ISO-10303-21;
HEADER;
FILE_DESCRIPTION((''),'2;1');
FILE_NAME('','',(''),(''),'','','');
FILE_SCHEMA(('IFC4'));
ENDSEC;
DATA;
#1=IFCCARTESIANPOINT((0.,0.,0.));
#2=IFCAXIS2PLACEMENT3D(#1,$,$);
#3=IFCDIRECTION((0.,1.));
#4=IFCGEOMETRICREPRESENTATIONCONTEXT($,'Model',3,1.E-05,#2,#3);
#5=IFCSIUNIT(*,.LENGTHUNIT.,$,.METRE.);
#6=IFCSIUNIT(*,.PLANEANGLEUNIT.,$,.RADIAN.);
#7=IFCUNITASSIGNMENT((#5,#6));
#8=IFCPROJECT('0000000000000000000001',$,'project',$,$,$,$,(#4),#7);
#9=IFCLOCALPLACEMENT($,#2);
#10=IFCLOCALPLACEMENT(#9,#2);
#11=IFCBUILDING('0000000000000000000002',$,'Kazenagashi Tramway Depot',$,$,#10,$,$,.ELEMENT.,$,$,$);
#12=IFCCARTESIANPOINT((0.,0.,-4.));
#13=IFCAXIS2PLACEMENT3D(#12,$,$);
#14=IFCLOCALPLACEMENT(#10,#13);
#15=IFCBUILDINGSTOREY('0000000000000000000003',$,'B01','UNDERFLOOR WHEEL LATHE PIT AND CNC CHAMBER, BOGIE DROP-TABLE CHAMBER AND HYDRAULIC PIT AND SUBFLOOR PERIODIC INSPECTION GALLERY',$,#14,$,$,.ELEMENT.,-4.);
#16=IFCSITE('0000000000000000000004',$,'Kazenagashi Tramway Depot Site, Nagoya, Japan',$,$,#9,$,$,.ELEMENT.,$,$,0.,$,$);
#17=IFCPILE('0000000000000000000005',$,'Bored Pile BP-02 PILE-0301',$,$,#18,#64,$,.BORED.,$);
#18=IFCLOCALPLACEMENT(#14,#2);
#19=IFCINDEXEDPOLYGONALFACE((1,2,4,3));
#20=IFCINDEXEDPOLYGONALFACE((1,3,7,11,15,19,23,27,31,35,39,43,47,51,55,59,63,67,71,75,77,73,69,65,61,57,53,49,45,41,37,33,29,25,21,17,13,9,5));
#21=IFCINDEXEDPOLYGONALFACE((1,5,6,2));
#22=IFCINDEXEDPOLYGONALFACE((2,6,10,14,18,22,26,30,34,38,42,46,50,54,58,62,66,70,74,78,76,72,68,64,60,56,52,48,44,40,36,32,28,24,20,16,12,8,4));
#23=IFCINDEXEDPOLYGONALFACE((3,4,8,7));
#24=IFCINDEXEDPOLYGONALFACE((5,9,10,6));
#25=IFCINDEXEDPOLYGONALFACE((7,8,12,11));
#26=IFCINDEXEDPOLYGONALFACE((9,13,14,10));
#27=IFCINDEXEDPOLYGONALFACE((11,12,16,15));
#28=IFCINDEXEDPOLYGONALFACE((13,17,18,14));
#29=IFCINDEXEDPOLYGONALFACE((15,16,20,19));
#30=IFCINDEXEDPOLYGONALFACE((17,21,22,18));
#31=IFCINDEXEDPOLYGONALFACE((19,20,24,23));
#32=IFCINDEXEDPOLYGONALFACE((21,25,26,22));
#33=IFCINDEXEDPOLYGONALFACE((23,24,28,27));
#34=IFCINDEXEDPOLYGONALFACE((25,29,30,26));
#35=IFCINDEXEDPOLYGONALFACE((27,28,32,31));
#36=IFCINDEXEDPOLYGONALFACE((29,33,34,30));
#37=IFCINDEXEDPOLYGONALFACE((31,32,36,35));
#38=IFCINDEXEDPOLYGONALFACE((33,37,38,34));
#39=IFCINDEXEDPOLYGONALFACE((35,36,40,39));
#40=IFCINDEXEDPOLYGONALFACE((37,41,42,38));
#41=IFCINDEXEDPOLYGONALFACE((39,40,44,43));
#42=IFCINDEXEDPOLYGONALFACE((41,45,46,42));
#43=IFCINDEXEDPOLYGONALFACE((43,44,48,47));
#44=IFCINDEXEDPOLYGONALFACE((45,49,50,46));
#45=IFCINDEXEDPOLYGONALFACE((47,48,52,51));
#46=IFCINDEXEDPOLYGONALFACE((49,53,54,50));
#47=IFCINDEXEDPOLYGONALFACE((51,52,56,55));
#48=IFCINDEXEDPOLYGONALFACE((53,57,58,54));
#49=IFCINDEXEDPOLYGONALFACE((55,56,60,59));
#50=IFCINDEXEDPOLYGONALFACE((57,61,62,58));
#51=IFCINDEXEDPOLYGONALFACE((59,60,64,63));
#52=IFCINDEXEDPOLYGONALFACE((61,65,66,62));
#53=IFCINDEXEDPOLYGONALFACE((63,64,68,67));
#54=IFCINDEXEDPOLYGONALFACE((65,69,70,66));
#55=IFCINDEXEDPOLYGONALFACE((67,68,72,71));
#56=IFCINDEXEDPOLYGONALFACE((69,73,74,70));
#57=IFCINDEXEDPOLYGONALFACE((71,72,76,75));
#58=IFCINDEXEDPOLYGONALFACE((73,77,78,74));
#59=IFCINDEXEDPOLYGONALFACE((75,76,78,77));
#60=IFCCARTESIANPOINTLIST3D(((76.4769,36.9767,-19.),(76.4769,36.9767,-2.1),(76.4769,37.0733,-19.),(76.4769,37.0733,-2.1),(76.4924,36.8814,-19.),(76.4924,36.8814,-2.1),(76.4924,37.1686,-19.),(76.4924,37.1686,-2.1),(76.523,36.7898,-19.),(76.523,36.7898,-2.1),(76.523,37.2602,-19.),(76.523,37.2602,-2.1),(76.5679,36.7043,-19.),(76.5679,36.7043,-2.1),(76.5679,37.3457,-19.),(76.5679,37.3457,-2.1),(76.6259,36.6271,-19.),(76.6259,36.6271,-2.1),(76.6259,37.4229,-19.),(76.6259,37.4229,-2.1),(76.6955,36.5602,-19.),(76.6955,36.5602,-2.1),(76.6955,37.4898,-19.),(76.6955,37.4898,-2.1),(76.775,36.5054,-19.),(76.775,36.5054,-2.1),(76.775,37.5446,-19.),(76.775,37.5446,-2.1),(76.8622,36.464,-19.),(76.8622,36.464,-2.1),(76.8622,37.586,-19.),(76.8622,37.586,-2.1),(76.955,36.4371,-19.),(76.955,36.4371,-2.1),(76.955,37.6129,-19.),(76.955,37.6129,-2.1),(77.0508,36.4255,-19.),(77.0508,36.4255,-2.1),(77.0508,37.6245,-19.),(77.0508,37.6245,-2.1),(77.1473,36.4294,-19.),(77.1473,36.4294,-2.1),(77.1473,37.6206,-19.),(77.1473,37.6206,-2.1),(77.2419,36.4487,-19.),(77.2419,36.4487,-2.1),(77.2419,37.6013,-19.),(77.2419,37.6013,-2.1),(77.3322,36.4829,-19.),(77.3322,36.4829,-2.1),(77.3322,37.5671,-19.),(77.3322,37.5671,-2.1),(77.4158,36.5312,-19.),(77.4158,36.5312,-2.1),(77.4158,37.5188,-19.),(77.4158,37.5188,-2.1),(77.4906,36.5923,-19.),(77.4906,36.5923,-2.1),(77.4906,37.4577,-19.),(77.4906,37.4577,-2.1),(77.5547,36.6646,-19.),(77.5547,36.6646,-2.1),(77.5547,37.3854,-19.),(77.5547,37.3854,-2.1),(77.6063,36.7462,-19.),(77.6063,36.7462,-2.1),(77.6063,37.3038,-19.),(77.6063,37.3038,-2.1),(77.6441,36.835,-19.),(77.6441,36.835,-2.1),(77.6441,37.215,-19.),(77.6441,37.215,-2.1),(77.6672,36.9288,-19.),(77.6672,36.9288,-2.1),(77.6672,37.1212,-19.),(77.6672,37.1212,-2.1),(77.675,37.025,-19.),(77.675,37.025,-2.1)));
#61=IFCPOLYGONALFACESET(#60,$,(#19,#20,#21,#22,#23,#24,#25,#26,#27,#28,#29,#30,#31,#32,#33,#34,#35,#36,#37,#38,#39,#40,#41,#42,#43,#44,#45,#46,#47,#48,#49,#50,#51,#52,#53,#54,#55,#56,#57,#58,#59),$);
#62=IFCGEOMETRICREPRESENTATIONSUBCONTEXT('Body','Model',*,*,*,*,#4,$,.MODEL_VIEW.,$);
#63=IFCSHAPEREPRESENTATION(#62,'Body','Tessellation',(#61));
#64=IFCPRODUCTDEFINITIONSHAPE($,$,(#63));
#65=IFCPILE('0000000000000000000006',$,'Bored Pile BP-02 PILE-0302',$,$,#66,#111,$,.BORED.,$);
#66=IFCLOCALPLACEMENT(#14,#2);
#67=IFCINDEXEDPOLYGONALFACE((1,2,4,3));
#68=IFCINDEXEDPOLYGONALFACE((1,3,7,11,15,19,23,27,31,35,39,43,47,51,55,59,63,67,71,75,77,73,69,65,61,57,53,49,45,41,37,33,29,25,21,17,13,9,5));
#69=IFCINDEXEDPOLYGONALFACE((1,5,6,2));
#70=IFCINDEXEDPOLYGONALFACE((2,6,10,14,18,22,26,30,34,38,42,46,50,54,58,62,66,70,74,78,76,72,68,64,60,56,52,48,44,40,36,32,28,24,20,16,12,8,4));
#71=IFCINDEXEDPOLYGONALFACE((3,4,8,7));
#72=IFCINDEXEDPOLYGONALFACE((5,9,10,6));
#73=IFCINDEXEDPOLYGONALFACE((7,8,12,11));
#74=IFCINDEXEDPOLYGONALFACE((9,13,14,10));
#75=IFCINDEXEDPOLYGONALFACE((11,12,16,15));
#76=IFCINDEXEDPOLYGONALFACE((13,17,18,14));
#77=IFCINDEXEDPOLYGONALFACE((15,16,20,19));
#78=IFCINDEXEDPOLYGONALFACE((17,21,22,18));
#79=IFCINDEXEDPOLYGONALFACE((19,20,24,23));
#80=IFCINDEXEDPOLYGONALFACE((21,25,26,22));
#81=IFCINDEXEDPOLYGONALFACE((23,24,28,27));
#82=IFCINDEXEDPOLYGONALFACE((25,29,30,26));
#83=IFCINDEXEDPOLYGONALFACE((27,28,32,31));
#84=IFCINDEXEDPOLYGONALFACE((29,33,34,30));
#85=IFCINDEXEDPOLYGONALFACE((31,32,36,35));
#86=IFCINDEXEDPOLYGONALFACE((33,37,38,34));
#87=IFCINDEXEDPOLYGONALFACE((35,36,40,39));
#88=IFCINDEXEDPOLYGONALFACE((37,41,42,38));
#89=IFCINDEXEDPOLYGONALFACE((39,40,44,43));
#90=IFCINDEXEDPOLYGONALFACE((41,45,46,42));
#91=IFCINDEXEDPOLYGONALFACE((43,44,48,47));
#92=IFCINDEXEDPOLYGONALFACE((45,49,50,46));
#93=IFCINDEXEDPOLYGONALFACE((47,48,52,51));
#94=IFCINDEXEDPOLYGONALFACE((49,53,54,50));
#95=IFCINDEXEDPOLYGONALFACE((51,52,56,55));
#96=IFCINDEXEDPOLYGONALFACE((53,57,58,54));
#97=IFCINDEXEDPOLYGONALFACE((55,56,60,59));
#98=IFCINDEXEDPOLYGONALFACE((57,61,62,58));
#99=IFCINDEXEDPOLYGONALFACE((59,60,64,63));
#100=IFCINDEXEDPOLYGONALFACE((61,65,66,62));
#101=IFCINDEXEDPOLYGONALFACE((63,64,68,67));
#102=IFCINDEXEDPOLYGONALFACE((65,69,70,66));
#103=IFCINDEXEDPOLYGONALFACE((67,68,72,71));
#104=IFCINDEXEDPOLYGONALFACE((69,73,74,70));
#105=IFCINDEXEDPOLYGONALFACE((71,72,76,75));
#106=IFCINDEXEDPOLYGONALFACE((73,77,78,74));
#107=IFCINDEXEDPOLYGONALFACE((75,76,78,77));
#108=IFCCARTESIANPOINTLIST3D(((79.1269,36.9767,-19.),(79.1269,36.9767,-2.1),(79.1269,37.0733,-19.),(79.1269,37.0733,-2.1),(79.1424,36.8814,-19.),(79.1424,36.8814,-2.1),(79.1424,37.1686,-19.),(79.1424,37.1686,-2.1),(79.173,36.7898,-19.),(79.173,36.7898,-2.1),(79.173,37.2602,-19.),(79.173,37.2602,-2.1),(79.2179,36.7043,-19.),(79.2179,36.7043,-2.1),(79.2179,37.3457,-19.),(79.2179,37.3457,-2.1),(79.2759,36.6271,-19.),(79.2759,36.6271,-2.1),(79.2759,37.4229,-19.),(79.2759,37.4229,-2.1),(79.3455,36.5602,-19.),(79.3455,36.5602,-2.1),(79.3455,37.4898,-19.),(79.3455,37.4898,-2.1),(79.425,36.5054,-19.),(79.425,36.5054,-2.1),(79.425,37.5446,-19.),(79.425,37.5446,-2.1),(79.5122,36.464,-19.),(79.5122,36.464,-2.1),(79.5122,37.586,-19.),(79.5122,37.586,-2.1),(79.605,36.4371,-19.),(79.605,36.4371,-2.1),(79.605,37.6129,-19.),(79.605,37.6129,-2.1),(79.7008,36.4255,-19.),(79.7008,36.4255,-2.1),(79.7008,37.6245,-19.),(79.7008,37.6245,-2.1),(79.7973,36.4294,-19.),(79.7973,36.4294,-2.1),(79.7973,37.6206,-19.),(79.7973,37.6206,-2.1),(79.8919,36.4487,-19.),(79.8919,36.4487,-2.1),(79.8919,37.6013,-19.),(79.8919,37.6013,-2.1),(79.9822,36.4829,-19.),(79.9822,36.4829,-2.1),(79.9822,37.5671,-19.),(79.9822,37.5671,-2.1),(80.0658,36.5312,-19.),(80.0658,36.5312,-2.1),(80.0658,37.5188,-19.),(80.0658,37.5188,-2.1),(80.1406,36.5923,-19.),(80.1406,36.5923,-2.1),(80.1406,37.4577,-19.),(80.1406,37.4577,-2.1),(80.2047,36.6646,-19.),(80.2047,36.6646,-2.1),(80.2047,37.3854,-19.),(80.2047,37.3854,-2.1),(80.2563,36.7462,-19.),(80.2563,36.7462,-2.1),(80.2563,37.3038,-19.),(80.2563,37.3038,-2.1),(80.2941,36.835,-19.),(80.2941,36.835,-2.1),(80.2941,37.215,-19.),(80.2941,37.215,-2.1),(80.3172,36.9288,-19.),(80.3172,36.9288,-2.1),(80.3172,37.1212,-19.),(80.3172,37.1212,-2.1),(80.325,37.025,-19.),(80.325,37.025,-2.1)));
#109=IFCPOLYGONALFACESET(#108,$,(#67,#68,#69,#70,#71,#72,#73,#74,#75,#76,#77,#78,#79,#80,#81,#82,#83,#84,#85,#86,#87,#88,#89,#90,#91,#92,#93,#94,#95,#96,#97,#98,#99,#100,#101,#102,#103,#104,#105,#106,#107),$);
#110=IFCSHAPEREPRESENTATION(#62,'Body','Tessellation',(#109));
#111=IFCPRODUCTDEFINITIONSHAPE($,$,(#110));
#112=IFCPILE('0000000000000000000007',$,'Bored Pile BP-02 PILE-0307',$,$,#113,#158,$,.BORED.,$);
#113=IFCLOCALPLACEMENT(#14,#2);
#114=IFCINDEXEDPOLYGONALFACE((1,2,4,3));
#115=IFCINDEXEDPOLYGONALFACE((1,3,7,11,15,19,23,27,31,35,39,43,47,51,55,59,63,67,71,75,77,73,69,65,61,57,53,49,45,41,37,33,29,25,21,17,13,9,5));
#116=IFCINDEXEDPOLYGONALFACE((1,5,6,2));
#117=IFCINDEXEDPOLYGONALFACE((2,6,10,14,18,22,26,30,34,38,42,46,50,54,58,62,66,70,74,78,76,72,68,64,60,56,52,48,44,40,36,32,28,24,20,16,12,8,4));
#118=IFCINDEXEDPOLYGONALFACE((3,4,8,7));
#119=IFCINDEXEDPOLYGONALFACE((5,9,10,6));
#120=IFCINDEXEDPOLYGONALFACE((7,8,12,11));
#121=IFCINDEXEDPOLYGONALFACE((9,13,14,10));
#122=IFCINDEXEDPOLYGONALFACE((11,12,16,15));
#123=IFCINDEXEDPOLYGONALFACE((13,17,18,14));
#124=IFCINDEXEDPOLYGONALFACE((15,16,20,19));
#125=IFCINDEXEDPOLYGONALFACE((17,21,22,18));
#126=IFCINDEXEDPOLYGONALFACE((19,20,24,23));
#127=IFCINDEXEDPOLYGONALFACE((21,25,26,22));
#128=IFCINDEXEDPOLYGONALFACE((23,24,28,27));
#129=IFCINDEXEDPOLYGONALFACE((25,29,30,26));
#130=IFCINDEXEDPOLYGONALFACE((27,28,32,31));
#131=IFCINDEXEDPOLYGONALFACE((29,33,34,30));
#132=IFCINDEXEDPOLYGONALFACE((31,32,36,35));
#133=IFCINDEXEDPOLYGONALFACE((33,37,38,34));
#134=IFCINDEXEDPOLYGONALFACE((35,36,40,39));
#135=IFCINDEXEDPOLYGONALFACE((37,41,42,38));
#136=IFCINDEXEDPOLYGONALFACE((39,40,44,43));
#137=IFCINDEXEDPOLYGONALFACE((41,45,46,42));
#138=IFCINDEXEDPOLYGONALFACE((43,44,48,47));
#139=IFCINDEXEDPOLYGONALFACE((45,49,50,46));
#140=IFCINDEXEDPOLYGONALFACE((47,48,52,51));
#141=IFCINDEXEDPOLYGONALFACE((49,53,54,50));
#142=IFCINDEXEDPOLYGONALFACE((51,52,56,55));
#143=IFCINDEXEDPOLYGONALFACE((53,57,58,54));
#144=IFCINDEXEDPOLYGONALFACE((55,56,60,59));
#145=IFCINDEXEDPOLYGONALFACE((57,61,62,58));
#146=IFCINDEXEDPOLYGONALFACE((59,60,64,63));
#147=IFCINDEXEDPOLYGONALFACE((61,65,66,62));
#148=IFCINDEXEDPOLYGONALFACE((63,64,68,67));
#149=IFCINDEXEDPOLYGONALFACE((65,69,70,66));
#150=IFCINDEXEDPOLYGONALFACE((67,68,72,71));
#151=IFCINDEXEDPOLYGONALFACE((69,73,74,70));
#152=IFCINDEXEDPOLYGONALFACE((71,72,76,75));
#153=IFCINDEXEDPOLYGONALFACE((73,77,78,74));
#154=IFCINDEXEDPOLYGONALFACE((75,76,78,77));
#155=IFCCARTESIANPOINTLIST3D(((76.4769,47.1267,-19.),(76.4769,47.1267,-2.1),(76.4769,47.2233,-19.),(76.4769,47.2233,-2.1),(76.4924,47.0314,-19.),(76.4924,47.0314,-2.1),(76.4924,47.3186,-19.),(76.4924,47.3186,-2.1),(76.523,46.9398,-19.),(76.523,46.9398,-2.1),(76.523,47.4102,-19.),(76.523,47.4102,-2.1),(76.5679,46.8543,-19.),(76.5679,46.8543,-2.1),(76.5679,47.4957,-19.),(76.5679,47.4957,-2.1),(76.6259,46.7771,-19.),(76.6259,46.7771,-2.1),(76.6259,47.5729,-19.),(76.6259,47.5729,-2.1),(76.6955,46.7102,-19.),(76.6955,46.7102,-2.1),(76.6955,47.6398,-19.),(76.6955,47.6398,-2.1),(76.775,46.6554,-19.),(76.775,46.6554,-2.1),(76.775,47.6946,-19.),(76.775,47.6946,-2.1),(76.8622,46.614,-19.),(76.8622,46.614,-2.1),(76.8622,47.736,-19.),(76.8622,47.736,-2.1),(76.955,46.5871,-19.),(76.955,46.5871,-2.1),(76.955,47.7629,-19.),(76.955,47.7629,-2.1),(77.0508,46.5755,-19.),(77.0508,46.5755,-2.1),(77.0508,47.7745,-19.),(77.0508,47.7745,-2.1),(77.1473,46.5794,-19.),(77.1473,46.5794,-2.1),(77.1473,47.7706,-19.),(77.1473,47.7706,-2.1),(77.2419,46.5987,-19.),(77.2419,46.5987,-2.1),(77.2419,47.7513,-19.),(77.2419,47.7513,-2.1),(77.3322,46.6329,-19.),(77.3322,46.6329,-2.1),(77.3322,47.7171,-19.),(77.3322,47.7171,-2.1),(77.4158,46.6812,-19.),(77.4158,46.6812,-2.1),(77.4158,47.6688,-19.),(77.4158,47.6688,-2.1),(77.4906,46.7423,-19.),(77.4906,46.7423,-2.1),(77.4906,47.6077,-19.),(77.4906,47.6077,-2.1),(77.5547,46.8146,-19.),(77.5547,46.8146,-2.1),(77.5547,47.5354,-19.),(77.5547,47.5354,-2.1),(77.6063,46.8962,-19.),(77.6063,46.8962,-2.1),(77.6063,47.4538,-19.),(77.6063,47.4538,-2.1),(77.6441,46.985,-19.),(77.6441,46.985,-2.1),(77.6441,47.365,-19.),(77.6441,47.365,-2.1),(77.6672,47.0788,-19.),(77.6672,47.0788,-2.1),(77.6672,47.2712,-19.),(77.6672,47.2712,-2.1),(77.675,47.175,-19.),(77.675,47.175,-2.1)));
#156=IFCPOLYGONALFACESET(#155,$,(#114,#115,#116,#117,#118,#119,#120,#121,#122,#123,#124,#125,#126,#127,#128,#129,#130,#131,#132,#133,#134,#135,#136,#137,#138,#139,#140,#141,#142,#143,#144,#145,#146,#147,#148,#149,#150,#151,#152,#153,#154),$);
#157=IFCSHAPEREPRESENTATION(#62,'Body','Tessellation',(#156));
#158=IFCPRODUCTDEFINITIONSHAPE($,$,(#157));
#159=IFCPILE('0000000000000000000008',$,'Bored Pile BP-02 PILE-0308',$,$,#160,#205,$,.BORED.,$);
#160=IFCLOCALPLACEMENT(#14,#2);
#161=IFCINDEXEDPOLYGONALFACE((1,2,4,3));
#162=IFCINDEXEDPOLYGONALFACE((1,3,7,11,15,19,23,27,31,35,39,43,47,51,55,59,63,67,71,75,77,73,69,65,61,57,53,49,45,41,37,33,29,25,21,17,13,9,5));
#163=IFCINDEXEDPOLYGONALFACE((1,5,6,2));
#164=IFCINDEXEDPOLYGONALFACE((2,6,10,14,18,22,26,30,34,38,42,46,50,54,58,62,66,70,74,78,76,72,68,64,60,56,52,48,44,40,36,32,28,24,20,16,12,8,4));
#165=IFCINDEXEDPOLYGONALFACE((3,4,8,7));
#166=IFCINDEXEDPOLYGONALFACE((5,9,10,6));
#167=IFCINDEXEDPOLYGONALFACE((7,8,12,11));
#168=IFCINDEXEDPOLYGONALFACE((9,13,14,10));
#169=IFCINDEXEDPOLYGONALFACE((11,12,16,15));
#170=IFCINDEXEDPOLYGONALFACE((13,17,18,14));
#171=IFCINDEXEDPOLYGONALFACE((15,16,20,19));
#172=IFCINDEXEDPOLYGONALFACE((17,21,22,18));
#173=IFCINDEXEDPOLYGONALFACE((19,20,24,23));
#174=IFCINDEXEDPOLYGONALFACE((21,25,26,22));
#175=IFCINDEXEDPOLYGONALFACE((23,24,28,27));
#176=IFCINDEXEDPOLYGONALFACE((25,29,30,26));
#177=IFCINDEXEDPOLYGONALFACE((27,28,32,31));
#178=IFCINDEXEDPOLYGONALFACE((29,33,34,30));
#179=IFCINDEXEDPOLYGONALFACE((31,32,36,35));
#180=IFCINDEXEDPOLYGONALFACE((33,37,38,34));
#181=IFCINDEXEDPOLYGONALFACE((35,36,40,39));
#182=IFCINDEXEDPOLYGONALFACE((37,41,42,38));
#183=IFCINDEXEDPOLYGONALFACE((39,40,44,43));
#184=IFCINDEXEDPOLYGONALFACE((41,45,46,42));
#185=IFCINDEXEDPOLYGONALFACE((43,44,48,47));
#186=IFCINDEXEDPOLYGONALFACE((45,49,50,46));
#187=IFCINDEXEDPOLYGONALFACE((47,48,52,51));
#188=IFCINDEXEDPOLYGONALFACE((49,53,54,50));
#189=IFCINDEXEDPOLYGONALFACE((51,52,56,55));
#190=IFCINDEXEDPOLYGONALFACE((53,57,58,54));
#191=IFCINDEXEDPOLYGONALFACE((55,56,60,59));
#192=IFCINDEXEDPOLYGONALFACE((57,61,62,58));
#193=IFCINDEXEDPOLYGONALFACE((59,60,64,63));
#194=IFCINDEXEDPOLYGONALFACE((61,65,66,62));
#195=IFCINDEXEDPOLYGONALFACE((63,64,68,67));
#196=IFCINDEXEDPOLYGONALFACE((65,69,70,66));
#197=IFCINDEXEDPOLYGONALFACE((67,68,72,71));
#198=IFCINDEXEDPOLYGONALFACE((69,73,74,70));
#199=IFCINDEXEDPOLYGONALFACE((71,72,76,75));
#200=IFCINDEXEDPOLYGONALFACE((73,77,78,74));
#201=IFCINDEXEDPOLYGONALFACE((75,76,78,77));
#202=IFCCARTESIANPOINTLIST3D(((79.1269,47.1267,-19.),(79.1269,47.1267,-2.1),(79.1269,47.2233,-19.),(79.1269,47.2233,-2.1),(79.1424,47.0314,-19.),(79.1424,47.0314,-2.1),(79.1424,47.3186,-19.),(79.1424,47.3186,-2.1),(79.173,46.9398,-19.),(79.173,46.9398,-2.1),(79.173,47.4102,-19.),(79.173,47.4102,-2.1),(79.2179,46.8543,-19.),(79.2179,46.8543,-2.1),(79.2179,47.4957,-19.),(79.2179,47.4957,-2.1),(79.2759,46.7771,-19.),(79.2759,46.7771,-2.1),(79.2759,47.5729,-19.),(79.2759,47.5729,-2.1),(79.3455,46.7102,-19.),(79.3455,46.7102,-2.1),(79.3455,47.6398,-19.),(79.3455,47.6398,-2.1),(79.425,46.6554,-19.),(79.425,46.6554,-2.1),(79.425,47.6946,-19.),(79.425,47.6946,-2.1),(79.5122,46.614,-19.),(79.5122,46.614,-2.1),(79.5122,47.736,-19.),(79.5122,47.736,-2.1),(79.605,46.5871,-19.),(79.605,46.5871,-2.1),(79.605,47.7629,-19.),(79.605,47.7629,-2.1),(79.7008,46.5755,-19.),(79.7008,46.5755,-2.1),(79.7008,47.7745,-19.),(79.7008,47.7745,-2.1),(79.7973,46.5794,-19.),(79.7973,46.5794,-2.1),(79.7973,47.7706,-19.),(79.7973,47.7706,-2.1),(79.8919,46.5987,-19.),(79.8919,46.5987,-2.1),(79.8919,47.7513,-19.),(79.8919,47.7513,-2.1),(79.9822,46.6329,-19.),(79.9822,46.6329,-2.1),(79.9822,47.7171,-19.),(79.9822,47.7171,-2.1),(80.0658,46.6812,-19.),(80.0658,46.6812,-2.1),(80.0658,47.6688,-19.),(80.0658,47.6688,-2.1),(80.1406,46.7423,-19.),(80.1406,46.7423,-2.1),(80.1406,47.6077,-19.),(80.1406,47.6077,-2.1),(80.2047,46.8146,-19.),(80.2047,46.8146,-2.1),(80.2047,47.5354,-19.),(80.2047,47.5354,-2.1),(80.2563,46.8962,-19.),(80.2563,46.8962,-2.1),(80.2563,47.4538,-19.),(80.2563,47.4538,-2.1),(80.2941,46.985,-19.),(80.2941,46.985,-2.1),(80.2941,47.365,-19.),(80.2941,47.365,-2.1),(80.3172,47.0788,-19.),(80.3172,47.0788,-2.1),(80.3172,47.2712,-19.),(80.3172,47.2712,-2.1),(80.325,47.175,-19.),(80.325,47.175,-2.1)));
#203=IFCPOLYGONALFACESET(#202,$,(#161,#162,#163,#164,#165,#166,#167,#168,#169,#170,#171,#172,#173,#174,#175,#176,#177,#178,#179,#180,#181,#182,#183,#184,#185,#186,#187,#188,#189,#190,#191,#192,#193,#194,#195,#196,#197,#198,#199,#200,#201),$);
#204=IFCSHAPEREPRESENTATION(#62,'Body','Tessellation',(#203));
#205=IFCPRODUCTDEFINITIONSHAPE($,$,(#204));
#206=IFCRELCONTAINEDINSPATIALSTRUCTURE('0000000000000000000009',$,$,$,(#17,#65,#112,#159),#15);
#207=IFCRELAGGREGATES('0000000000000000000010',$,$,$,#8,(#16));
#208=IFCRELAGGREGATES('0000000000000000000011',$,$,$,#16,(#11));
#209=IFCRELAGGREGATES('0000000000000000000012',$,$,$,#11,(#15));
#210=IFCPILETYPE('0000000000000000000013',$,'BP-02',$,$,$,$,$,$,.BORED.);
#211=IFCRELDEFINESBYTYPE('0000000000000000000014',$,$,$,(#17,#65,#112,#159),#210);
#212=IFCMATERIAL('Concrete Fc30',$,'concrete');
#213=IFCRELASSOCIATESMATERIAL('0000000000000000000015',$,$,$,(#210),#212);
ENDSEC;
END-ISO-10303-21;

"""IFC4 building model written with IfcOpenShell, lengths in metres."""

from ifc_helpers import new_model, si_unit, direction, frame, origin, origin_2d, place, context, subcontext, project, spatial, circle, extrude, material, material_profile, profile_set, type_object, element, save


model = new_model("IFC4")

# Units and contexts
model_context = context("Model", 3, precision=1e-05, world=origin(), true_north=direction((0.0, 1.0)))
body_context = subcontext(model_context, "Body", "Model", "MODEL_VIEW")
ifc_project = project(units=[si_unit("LENGTHUNIT", "METRE"), si_unit("PLANEANGLEUNIT", "RADIAN")], contexts=[model_context])

# Site, building, storey
site_placement = place(None, origin())
site = spatial("IfcSite", under=ifc_project, at=site_placement, Name="Kazenagashi Tramway Depot Site, Nagoya, Japan", CompositionType="ELEMENT", RefElevation=0.0)
building_placement = place(site_placement, origin())
building = spatial("IfcBuilding", under=site, at=building_placement, Name="Kazenagashi Tramway Depot", CompositionType="ELEMENT")
storey_placement = place(building_placement, frame((0.0, 0.0, -4.0)))
storey = spatial("IfcBuildingStorey", under=building, at=storey_placement, Name="B01", Description="UNDERFLOOR WHEEL LATHE PIT AND CNC CHAMBER, BOGIE DROP-TABLE CHAMBER AND HYDRAULIC PIT AND SUBFLOOR PERIODIC INSPECTION GALLERY", CompositionType="ELEMENT", Elevation=-4.0)

# Piles
ifc_material_1 = material(Name="Concrete Fc30", Category="concrete")
ifc_material_profile_1 = material_profile(ifc_material_1, circle(Radius=0.6, at=origin_2d()), Name="PILE-1200")
ifc_profile_set_1 = profile_set([ifc_material_profile_1], Name="Concrete Fc30")
pile_type = type_object("IfcPileType", Name="BP-02", PredefinedType="BORED", material=ifc_profile_set_1)
for number, where, z_axis, x_axis, name in (
    (1, (77.075, 37.025, -2.1), (0.0, 0.0, -1.0), (1.0, 0.0, 0.0), "Bored Pile BP-02 PILE-0301"),
    (2, (79.725, 37.025, -2.1), (0.0, 0.0, -1.0), (1.0, 0.0, 0.0), "Bored Pile BP-02 PILE-0302"),
    (3, (77.075, 47.175, -2.1), (0.0, 0.0, -1.0), (1.0, 0.0, 0.0), "Bored Pile BP-02 PILE-0307"),
    (4, (79.725, 47.175, -2.1), (0.0, 0.0, -1.0), (1.0, 0.0, 0.0), "Bored Pile BP-02 PILE-0308"),
):
    element("IfcPile", number, at=place(storey_placement, frame(where, z_axis=z_axis, x_axis=x_axis)), inside=storey, type_object=pile_type, Name=name, PredefinedType="BORED", context=body_context, shape_type="SweptSolid", body=[
        extrude(circle(Radius=0.6, at=origin_2d()), origin(), (0.0, 0.0, 1.0), 16.9),
    ])

save(model, "model.ifc")
